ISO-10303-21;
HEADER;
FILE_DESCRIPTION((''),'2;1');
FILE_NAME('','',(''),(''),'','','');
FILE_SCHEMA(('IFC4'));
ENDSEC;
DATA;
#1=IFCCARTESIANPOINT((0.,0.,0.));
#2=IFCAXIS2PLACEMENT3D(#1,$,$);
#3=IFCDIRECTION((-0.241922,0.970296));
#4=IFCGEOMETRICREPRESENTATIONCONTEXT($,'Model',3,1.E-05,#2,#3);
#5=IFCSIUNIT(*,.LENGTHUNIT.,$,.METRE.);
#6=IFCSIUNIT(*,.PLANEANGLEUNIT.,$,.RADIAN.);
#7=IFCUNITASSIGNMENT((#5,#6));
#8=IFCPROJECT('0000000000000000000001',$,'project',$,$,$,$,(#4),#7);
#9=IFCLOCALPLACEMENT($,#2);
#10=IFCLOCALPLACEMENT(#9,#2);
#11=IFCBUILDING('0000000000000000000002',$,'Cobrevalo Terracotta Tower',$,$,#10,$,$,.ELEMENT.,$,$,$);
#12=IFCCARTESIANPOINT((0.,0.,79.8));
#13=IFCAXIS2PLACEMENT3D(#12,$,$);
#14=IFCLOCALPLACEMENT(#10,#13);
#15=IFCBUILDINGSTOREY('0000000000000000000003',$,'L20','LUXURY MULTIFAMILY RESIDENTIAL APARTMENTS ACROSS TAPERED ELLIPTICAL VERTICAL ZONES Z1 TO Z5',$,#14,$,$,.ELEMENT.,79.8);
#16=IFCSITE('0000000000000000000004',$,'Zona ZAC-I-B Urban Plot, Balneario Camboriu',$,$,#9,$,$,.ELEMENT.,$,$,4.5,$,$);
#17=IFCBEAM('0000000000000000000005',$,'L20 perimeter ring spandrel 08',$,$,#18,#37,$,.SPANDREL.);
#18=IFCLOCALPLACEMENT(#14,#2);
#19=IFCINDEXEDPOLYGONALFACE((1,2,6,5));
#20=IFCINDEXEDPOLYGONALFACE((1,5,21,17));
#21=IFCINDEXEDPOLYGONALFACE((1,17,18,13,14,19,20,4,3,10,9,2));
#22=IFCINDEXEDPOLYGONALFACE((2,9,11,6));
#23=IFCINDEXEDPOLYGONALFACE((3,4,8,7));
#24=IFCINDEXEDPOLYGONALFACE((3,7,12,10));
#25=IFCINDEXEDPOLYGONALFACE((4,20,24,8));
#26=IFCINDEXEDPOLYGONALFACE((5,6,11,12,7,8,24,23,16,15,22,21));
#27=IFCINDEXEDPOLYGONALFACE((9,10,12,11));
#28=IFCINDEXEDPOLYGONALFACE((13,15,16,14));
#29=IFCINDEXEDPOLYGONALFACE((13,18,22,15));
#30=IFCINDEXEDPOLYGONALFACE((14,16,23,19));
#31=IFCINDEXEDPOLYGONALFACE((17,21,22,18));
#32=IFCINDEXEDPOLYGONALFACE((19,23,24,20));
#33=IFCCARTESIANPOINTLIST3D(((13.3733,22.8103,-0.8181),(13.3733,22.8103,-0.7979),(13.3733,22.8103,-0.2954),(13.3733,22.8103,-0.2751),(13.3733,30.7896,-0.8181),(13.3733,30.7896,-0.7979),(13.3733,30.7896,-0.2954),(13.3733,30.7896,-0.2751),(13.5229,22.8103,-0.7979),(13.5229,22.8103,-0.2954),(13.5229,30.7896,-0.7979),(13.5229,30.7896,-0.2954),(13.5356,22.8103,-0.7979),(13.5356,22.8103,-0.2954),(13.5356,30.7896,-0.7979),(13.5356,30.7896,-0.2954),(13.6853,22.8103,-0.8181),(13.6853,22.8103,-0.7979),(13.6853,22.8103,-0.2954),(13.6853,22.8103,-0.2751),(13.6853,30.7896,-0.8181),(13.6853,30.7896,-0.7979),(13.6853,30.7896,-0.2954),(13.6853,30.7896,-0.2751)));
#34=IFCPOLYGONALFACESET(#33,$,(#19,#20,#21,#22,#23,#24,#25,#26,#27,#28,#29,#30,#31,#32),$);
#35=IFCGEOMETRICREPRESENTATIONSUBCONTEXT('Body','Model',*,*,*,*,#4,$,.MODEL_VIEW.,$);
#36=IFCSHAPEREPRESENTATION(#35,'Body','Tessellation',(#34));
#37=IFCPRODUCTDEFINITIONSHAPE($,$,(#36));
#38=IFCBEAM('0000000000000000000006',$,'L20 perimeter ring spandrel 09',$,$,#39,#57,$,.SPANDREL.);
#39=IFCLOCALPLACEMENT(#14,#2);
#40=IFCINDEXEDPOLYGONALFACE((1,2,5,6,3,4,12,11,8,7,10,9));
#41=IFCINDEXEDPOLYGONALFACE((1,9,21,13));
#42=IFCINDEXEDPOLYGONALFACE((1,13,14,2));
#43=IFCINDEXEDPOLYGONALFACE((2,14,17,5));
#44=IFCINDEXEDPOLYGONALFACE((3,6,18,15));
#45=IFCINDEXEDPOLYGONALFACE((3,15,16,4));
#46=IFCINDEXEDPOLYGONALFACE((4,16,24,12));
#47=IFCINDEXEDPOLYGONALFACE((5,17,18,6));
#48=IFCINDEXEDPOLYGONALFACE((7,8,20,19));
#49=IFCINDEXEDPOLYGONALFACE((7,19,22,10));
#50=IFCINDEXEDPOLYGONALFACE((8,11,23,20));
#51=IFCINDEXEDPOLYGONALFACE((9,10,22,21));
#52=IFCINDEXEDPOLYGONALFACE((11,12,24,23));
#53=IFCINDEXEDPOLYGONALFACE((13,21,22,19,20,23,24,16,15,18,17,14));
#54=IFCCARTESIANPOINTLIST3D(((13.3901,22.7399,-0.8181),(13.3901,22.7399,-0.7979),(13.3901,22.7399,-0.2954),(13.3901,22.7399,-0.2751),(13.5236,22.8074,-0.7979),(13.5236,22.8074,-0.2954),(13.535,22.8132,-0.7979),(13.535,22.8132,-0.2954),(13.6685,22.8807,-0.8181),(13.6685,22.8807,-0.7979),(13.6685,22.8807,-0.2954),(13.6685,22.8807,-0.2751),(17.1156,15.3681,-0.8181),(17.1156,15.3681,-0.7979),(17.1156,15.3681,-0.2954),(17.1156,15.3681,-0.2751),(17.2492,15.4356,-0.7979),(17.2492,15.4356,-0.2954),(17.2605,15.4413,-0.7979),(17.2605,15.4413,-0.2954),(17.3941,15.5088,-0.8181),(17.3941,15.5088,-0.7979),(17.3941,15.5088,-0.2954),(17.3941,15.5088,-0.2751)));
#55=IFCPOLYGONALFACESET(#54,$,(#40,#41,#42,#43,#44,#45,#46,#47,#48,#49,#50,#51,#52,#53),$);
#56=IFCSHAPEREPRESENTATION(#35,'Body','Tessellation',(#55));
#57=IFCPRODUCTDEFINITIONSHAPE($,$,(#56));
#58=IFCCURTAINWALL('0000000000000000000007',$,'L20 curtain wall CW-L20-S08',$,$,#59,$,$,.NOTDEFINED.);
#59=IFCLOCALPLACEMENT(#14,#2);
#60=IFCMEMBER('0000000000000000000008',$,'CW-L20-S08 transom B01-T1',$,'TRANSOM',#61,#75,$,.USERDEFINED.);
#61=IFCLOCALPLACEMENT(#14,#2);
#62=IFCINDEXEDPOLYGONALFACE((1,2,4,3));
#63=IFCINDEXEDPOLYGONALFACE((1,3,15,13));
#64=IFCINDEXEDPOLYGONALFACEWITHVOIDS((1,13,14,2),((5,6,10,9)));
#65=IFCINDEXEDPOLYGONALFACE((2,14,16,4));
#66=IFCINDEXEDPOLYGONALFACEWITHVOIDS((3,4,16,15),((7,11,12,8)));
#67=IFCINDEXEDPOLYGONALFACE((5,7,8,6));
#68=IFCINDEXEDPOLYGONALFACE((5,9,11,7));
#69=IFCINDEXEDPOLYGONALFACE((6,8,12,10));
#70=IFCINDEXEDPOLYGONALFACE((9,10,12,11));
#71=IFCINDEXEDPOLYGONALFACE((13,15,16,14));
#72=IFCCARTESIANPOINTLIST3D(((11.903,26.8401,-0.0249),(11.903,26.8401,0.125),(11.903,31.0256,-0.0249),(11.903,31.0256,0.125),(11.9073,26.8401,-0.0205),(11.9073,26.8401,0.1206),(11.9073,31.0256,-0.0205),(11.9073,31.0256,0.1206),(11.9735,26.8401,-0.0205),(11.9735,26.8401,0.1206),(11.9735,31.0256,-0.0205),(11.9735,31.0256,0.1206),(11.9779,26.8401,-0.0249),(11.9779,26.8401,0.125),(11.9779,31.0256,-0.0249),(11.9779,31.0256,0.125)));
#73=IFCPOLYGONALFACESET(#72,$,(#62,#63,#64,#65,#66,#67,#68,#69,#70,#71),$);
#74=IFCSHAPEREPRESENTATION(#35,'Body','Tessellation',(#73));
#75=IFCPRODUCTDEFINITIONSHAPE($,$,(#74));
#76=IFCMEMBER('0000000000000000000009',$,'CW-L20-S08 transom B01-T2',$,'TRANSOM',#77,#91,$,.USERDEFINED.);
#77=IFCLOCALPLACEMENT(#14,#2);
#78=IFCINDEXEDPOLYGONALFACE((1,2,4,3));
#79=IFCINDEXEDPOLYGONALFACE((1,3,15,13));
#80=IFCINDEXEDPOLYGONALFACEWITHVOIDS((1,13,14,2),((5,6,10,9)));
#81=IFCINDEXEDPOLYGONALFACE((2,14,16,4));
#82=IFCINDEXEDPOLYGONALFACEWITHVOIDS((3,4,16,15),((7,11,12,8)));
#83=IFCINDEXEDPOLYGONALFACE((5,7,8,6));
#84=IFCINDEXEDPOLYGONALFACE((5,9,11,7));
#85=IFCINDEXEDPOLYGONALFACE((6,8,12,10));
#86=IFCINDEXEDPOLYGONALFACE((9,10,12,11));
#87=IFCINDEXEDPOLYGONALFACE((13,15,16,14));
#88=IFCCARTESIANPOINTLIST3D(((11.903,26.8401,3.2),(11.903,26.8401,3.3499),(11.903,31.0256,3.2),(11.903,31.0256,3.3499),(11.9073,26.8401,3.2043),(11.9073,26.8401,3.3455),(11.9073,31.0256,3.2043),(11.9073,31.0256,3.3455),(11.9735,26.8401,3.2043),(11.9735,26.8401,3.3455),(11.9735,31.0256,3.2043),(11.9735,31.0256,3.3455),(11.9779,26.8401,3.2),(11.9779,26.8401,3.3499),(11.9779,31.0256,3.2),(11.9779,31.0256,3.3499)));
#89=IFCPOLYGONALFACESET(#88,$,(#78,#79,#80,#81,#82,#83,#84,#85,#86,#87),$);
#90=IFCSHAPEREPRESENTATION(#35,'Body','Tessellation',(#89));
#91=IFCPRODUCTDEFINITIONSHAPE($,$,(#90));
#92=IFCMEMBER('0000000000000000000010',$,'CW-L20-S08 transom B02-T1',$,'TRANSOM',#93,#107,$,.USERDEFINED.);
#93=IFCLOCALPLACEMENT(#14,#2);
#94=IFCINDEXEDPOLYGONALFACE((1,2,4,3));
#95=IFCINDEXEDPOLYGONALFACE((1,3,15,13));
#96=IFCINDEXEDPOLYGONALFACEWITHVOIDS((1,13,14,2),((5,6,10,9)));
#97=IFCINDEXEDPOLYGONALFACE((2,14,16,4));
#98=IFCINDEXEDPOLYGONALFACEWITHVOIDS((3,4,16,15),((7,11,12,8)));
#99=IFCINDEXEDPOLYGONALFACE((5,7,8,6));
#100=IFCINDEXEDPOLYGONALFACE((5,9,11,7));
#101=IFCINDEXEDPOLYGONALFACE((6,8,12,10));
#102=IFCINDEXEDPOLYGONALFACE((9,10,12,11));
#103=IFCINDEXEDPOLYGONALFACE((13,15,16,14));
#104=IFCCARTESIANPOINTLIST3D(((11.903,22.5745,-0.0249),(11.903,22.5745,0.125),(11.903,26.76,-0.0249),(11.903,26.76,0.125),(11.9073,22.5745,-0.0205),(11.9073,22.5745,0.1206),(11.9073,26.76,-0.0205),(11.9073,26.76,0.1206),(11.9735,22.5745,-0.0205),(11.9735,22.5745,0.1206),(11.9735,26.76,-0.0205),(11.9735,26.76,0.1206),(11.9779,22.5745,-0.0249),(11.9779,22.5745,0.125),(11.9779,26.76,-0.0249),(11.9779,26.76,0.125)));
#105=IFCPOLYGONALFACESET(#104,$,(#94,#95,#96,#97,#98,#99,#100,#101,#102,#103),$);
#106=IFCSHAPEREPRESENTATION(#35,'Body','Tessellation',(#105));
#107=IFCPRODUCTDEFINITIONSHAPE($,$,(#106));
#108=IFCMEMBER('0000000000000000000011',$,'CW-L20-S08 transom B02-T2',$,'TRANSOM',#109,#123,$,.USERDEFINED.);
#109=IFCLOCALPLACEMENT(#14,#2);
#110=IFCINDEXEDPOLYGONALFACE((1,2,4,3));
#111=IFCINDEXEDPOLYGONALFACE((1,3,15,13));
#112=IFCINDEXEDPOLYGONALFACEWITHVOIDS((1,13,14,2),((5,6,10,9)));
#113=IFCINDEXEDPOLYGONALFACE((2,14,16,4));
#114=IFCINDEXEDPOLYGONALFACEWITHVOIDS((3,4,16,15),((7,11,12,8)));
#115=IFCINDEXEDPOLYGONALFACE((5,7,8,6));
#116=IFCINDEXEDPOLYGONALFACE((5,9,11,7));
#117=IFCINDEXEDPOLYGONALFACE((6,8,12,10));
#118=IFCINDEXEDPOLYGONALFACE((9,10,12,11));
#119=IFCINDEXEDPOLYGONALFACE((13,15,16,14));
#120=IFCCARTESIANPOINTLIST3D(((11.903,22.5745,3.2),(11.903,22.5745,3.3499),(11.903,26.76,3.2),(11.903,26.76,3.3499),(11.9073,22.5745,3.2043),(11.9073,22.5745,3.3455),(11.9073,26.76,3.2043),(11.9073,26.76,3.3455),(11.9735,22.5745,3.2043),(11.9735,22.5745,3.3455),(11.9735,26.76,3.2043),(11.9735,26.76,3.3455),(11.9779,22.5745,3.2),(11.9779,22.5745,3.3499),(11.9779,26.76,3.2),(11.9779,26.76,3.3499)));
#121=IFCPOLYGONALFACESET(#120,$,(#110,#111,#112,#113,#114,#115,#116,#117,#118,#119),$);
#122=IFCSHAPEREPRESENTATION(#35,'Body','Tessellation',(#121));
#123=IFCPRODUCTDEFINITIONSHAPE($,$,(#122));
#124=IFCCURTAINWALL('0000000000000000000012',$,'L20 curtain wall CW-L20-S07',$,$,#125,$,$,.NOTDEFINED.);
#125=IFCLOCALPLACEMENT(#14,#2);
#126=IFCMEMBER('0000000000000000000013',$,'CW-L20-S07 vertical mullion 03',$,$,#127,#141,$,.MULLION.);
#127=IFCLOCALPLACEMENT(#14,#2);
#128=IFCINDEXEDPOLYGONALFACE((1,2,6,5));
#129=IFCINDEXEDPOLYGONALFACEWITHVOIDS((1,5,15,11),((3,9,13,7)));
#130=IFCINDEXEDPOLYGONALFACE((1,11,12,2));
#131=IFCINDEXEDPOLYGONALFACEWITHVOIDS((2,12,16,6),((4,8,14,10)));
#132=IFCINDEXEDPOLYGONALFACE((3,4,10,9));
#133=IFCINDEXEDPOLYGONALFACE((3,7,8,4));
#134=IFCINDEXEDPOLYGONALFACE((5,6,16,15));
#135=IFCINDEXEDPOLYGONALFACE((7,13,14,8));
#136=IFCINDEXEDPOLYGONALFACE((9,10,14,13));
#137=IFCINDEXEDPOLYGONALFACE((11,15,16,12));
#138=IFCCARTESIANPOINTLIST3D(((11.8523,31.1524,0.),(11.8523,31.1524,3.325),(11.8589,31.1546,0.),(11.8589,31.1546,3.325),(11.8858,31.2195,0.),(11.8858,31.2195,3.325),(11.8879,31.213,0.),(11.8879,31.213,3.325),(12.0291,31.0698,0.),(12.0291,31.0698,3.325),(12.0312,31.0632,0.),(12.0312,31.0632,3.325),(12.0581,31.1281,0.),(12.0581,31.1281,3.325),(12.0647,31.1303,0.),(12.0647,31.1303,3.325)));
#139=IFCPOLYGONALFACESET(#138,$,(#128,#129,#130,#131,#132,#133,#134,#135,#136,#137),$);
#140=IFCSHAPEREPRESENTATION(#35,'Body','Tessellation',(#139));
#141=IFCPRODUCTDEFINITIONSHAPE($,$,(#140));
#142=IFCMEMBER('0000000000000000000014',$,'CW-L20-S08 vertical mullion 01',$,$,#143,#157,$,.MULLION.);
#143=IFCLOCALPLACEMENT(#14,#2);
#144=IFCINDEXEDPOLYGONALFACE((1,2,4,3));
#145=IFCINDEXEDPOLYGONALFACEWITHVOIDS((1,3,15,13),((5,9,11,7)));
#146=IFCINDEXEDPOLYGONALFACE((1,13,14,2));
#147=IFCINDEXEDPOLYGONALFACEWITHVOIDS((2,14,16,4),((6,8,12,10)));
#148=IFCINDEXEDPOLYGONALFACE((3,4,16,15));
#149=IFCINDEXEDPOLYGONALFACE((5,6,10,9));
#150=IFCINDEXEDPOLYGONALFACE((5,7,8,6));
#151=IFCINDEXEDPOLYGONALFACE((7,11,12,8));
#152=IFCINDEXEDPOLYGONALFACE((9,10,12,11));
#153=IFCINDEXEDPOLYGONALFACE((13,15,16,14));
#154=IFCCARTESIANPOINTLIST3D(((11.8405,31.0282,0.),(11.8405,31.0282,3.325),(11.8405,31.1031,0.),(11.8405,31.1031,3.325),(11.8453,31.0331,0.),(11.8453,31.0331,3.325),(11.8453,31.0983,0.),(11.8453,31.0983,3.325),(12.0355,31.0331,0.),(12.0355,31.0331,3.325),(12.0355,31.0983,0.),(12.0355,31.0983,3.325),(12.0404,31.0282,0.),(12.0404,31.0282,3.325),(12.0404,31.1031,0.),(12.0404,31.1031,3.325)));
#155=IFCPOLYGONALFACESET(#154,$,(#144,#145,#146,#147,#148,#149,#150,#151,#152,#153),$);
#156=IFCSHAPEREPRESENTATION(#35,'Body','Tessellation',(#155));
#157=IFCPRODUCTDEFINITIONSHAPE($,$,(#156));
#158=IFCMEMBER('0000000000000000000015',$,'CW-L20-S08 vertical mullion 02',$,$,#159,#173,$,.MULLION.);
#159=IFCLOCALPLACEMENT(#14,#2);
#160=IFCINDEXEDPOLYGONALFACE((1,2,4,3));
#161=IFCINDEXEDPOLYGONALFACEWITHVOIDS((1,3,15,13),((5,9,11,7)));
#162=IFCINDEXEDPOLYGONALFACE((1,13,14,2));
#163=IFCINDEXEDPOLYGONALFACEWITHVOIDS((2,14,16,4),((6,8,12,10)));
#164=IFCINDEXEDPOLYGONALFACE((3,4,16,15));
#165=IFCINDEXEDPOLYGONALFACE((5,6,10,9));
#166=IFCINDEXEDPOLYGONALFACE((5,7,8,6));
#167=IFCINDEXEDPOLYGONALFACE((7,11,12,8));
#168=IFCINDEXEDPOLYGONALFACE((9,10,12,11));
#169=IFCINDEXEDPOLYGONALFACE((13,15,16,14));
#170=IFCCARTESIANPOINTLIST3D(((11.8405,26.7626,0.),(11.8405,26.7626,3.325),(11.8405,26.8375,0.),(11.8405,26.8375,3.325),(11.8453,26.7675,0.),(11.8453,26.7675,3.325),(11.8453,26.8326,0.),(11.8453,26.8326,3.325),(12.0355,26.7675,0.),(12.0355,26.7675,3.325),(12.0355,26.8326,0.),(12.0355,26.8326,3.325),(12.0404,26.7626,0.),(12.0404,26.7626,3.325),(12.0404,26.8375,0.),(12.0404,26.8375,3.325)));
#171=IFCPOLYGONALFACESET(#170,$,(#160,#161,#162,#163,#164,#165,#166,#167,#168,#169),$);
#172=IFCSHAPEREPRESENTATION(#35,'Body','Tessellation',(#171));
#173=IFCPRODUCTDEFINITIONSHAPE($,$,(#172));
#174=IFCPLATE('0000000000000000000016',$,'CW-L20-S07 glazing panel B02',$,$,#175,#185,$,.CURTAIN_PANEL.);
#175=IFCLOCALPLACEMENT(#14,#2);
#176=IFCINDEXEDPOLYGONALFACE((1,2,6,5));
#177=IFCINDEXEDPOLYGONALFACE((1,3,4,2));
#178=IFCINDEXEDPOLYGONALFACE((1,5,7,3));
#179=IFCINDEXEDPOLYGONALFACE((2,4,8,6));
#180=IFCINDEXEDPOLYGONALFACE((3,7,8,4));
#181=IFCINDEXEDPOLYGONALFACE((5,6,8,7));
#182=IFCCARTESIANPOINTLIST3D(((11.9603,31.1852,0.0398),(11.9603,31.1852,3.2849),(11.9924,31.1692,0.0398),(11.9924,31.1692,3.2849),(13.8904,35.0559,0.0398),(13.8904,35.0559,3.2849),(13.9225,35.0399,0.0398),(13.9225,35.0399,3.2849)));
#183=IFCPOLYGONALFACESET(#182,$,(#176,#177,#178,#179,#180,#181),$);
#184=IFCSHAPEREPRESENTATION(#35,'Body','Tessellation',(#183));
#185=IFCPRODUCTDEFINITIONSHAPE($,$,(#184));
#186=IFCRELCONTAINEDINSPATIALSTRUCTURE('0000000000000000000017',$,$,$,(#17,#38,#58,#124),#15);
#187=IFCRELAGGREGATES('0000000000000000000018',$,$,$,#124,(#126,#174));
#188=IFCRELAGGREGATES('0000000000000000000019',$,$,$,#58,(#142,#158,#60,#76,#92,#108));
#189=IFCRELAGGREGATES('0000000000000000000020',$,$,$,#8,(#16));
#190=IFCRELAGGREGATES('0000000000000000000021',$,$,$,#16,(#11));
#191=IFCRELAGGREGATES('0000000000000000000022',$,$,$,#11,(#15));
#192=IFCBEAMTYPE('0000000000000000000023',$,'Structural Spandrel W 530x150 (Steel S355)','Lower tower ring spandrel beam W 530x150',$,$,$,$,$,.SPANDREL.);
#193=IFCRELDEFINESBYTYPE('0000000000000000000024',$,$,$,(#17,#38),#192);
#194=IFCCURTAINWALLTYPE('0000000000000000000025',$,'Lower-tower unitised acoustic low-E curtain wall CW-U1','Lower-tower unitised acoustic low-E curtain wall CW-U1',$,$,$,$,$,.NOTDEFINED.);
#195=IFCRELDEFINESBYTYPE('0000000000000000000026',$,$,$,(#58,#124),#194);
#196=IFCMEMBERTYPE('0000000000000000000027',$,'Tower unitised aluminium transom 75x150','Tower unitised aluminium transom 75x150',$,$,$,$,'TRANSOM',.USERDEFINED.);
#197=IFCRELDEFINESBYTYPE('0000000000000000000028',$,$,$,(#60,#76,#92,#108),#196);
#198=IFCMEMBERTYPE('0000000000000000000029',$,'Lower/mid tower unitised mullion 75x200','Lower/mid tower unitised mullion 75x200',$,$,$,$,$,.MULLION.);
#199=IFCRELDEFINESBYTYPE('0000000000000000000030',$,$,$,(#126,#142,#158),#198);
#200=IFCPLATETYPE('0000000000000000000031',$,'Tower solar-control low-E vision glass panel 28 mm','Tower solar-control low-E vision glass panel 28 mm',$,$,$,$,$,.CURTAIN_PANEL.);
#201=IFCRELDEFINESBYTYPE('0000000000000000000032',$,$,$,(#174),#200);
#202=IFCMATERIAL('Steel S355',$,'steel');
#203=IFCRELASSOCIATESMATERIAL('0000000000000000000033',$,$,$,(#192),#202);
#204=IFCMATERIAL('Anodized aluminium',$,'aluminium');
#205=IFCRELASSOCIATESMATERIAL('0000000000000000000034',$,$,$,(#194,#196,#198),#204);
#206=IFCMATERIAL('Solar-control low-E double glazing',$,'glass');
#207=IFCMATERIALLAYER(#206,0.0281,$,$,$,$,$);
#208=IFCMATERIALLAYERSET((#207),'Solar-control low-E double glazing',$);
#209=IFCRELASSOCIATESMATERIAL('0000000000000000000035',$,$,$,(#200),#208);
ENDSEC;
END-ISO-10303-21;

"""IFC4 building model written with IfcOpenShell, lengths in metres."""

from ifc_helpers import new_model, si_unit, direction, frame, origin, origin_2d, place, context, subcontext, project, spatial, rectangle, hollow_rectangle, i_section, extrude, source, transform, mapped, material, layer, layer_set, material_profile, profile_set, type_object, element, aggregate, save


model = new_model("IFC4")

# Units and contexts
model_context = context("Model", 3, precision=1e-05, world=origin(), true_north=direction((-0.241922, 0.970296)))
body_context = subcontext(model_context, "Body", "Model", "MODEL_VIEW")
ifc_project = project(units=[si_unit("LENGTHUNIT", "METRE"), si_unit("PLANEANGLEUNIT", "RADIAN")], contexts=[model_context])

# Site, building, storey
site_placement = place(None, origin())
site = spatial("IfcSite", under=ifc_project, at=site_placement, Name="Zona ZAC-I-B Urban Plot, Balneario Camboriu", CompositionType="ELEMENT", RefElevation=4.5)
building_placement = place(site_placement, origin())
building = spatial("IfcBuilding", under=site, at=building_placement, Name="Cobrevalo Terracotta Tower", CompositionType="ELEMENT")
storey_placement = place(building_placement, frame((0.0, 0.0, 79.8)))
storey = spatial("IfcBuildingStorey", under=building, at=storey_placement, Name="L20", Description="LUXURY MULTIFAMILY RESIDENTIAL APARTMENTS ACROSS TAPERED ELLIPTICAL VERTICAL ZONES Z1 TO Z5", CompositionType="ELEMENT", Elevation=79.8)

# Shared definitions
ifc_material_1 = material(Name="Steel S355", Category="steel")

# Beams
ifc_material_profile_1 = material_profile(ifc_material_1, i_section(OverallWidth=0.312, OverallDepth=0.543, WebThickness=0.0127, FlangeThickness=0.0203, at=origin_2d()), Name="W 530x150")
ifc_profile_set_1 = profile_set([ifc_material_profile_1], Name="Steel S355")
beam_type_1 = type_object("IfcBeamType", Name="Structural Spandrel W 530x150 (Steel S355)", Description="Lower tower ring spandrel beam W 530x150", PredefinedType="SPANDREL", material=ifc_profile_set_1)
beam_1_placement = place(storey_placement, frame((13.5293, 30.7896, -0.5466), z_axis=(0.0, -1.0, 0.0), x_axis=(1.0, 0.0, 0.0)))
element("IfcBeam", 1, at=beam_1_placement, inside=storey, type_object=beam_type_1, Name="L20 perimeter ring spandrel 08", PredefinedType="SPANDREL", context=body_context, shape_type="SweptSolid", body=[
    extrude(i_section(OverallWidth=0.312, OverallDepth=0.543, WebThickness=0.0127, FlangeThickness=0.0203, at=origin_2d()), origin(), (0.0, 0.0, 1.0), 7.9792),
])
beam_2_placement = place(storey_placement, frame((13.5293, 22.8103, -0.5466), z_axis=(0.451052, -0.892498, 0.0), x_axis=(0.892498, 0.451052, 0.0)))
element("IfcBeam", 2, at=beam_2_placement, inside=storey, type_object=beam_type_1, Name="L20 perimeter ring spandrel 09", PredefinedType="SPANDREL", context=body_context, shape_type="SweptSolid", body=[
    extrude(i_section(OverallWidth=0.312, OverallDepth=0.543, WebThickness=0.0127, FlangeThickness=0.0203, at=origin_2d()), origin(), (0.0, 0.0, 1.0), 8.2598),
])

# Curtain wall, members
ifc_material_2 = material(Name="Anodized aluminium", Category="aluminium")
curtain_wall_type = type_object("IfcCurtainWallType", Name="Lower-tower unitised acoustic low-E curtain wall CW-U1", Description="Lower-tower unitised acoustic low-E curtain wall CW-U1", PredefinedType="NOTDEFINED", material=ifc_material_2)
curtain_wall_1_placement = place(storey_placement, origin())
curtain_wall_1 = element("IfcCurtainWall", 3, at=curtain_wall_1_placement, inside=storey, type_object=curtain_wall_type, Name="L20 curtain wall CW-L20-S08", PredefinedType="NOTDEFINED")
ifc_material_profile_2 = material_profile(ifc_material_2, hollow_rectangle(XDim=0.075, YDim=0.1499, WallThickness=0.0044, at=origin_2d()), Name="CWT 75x150")
ifc_profile_set_2 = profile_set([ifc_material_profile_2], Name="Anodized aluminium")
member_type_1 = type_object("IfcMemberType", Name="Tower unitised aluminium transom 75x150", Description="Tower unitised aluminium transom 75x150", ElementType="TRANSOM", PredefinedType="USERDEFINED", material=ifc_profile_set_2)
shared_shape_1 = source(origin(), body_context, "Body", "SweptSolid", [
    extrude(hollow_rectangle(XDim=0.075, YDim=0.1499, WallThickness=0.0044, at=origin_2d()), origin(), (0.0, 0.0, 1.0), 4.1855),
])
member_1_placement = place(storey_placement, frame((11.9404, 31.0256, 0.05), z_axis=(0.0, -1.0, 0.0), x_axis=(1.0, 0.0, 0.0)))
member_1 = element("IfcMember", 4, at=member_1_placement, type_object=member_type_1, Name="CW-L20-S08 transom B01-T1", ObjectType="TRANSOM", PredefinedType="USERDEFINED", context=body_context, shape_type="MappedRepresentation", body=[
    mapped(shared_shape_1, transform((0.0, 0.0, 0.0), scale=1.0)),
])
member_2_placement = place(storey_placement, frame((11.9404, 31.0256, 3.2749), z_axis=(0.0, -1.0, 0.0), x_axis=(1.0, 0.0, 0.0)))
member_2 = element("IfcMember", 5, at=member_2_placement, type_object=member_type_1, Name="CW-L20-S08 transom B01-T2", ObjectType="TRANSOM", PredefinedType="USERDEFINED", context=body_context, shape_type="MappedRepresentation", body=[
    mapped(shared_shape_1, transform((0.0, 0.0, 0.0), scale=1.0)),
])
member_3_placement = place(storey_placement, frame((11.9404, 26.76, 0.05), z_axis=(0.0, -1.0, 0.0), x_axis=(1.0, 0.0, 0.0)))
member_3 = element("IfcMember", 6, at=member_3_placement, type_object=member_type_1, Name="CW-L20-S08 transom B02-T1", ObjectType="TRANSOM", PredefinedType="USERDEFINED", context=body_context, shape_type="MappedRepresentation", body=[
    mapped(shared_shape_1, transform((0.0, 0.0, 0.0), scale=1.0)),
])
member_4_placement = place(storey_placement, frame((11.9404, 26.76, 3.2749), z_axis=(0.0, -1.0, 0.0), x_axis=(1.0, 0.0, 0.0)))
member_4 = element("IfcMember", 7, at=member_4_placement, type_object=member_type_1, Name="CW-L20-S08 transom B02-T2", ObjectType="TRANSOM", PredefinedType="USERDEFINED", context=body_context, shape_type="MappedRepresentation", body=[
    mapped(shared_shape_1, transform((0.0, 0.0, 0.0), scale=1.0)),
])

# Curtain wall, member
curtain_wall_2_placement = place(storey_placement, origin())
curtain_wall_2 = element("IfcCurtainWall", 8, at=curtain_wall_2_placement, inside=storey, type_object=curtain_wall_type, Name="L20 curtain wall CW-L20-S07", PredefinedType="NOTDEFINED")
ifc_material_profile_3 = material_profile(ifc_material_2, hollow_rectangle(XDim=0.075, YDim=0.2, WallThickness=0.0049, at=origin_2d()), Name="CWM 75x200")
ifc_profile_set_3 = profile_set([ifc_material_profile_3], Name="Anodized aluminium")
member_type_2 = type_object("IfcMemberType", Name="Lower/mid tower unitised mullion 75x200", Description="Lower/mid tower unitised mullion 75x200", PredefinedType="MULLION", material=ifc_profile_set_3)
shared_shape_2 = source(origin(), body_context, "Body", "SweptSolid", [
    extrude(hollow_rectangle(XDim=0.075, YDim=0.2, WallThickness=0.0049, at=origin_2d()), origin(), (0.0, 0.0, 1.0), 3.325),
])
member_5_placement = place(storey_placement, frame((11.9585, 31.1414, 0.0), z_axis=(0.0, 0.0, 1.0), x_axis=(-0.44626, -0.894903, 0.0)))
member_5 = element("IfcMember", 9, at=member_5_placement, type_object=member_type_2, Name="CW-L20-S07 vertical mullion 03", PredefinedType="MULLION", context=body_context, shape_type="MappedRepresentation", body=[
    mapped(shared_shape_2, transform((0.0, 0.0, 0.0), scale=1.0)),
])

# Members
member_6_placement = place(storey_placement, frame((11.9404, 31.0657, 0.0), z_axis=(0.0, 0.0, 1.0), x_axis=(0.0, -1.0, 0.0)))
member_6 = element("IfcMember", 10, at=member_6_placement, type_object=member_type_2, Name="CW-L20-S08 vertical mullion 01", PredefinedType="MULLION", context=body_context, shape_type="MappedRepresentation", body=[
    mapped(shared_shape_2, transform((0.0, 0.0, 0.0), scale=1.0)),
])
member_7_placement = place(storey_placement, frame((11.9404, 26.8, 0.0), z_axis=(0.0, 0.0, 1.0), x_axis=(0.0, -1.0, 0.0)))
member_7 = element("IfcMember", 11, at=member_7_placement, type_object=member_type_2, Name="CW-L20-S08 vertical mullion 02", PredefinedType="MULLION", context=body_context, shape_type="MappedRepresentation", body=[
    mapped(shared_shape_2, transform((0.0, 0.0, 0.0), scale=1.0)),
])

# Plate
ifc_material_3 = material(Name="Solar-control low-E double glazing", Category="glass")
ifc_layer_1 = layer(ifc_material_3, 0.0281)
ifc_layer_set_1 = layer_set([ifc_layer_1], Name="Solar-control low-E double glazing")
plate_type = type_object("IfcPlateType", Name="Tower solar-control low-E vision glass panel 28 mm", Description="Tower solar-control low-E vision glass panel 28 mm", PredefinedType="CURTAIN_PANEL", material=ifc_layer_set_1)
shared_shape_3 = source(origin(), body_context, "Body", "SweptSolid", [
    extrude(rectangle(XDim=4.3252, YDim=0.0359, at=origin_2d()), origin(), (0.0, 0.0, 1.0), 3.2451),
])
plate_1_placement = place(storey_placement, frame((12.9414, 33.1125, 0.0398), z_axis=(0.0, 0.0, 1.0), x_axis=(-0.446262, -0.894902, 0.0)))
plate_1 = element("IfcPlate", 12, at=plate_1_placement, type_object=plate_type, Name="CW-L20-S07 glazing panel B02", PredefinedType="CURTAIN_PANEL", context=body_context, shape_type="MappedRepresentation", body=[
    mapped(shared_shape_3, transform((0.0, 0.0, 0.0), scale=1.0)),
])
aggregate(curtain_wall_2, [member_5, plate_1])
aggregate(curtain_wall_1, [member_6, member_7, member_1, member_2, member_3, member_4])

save(model, "model.ifc")
